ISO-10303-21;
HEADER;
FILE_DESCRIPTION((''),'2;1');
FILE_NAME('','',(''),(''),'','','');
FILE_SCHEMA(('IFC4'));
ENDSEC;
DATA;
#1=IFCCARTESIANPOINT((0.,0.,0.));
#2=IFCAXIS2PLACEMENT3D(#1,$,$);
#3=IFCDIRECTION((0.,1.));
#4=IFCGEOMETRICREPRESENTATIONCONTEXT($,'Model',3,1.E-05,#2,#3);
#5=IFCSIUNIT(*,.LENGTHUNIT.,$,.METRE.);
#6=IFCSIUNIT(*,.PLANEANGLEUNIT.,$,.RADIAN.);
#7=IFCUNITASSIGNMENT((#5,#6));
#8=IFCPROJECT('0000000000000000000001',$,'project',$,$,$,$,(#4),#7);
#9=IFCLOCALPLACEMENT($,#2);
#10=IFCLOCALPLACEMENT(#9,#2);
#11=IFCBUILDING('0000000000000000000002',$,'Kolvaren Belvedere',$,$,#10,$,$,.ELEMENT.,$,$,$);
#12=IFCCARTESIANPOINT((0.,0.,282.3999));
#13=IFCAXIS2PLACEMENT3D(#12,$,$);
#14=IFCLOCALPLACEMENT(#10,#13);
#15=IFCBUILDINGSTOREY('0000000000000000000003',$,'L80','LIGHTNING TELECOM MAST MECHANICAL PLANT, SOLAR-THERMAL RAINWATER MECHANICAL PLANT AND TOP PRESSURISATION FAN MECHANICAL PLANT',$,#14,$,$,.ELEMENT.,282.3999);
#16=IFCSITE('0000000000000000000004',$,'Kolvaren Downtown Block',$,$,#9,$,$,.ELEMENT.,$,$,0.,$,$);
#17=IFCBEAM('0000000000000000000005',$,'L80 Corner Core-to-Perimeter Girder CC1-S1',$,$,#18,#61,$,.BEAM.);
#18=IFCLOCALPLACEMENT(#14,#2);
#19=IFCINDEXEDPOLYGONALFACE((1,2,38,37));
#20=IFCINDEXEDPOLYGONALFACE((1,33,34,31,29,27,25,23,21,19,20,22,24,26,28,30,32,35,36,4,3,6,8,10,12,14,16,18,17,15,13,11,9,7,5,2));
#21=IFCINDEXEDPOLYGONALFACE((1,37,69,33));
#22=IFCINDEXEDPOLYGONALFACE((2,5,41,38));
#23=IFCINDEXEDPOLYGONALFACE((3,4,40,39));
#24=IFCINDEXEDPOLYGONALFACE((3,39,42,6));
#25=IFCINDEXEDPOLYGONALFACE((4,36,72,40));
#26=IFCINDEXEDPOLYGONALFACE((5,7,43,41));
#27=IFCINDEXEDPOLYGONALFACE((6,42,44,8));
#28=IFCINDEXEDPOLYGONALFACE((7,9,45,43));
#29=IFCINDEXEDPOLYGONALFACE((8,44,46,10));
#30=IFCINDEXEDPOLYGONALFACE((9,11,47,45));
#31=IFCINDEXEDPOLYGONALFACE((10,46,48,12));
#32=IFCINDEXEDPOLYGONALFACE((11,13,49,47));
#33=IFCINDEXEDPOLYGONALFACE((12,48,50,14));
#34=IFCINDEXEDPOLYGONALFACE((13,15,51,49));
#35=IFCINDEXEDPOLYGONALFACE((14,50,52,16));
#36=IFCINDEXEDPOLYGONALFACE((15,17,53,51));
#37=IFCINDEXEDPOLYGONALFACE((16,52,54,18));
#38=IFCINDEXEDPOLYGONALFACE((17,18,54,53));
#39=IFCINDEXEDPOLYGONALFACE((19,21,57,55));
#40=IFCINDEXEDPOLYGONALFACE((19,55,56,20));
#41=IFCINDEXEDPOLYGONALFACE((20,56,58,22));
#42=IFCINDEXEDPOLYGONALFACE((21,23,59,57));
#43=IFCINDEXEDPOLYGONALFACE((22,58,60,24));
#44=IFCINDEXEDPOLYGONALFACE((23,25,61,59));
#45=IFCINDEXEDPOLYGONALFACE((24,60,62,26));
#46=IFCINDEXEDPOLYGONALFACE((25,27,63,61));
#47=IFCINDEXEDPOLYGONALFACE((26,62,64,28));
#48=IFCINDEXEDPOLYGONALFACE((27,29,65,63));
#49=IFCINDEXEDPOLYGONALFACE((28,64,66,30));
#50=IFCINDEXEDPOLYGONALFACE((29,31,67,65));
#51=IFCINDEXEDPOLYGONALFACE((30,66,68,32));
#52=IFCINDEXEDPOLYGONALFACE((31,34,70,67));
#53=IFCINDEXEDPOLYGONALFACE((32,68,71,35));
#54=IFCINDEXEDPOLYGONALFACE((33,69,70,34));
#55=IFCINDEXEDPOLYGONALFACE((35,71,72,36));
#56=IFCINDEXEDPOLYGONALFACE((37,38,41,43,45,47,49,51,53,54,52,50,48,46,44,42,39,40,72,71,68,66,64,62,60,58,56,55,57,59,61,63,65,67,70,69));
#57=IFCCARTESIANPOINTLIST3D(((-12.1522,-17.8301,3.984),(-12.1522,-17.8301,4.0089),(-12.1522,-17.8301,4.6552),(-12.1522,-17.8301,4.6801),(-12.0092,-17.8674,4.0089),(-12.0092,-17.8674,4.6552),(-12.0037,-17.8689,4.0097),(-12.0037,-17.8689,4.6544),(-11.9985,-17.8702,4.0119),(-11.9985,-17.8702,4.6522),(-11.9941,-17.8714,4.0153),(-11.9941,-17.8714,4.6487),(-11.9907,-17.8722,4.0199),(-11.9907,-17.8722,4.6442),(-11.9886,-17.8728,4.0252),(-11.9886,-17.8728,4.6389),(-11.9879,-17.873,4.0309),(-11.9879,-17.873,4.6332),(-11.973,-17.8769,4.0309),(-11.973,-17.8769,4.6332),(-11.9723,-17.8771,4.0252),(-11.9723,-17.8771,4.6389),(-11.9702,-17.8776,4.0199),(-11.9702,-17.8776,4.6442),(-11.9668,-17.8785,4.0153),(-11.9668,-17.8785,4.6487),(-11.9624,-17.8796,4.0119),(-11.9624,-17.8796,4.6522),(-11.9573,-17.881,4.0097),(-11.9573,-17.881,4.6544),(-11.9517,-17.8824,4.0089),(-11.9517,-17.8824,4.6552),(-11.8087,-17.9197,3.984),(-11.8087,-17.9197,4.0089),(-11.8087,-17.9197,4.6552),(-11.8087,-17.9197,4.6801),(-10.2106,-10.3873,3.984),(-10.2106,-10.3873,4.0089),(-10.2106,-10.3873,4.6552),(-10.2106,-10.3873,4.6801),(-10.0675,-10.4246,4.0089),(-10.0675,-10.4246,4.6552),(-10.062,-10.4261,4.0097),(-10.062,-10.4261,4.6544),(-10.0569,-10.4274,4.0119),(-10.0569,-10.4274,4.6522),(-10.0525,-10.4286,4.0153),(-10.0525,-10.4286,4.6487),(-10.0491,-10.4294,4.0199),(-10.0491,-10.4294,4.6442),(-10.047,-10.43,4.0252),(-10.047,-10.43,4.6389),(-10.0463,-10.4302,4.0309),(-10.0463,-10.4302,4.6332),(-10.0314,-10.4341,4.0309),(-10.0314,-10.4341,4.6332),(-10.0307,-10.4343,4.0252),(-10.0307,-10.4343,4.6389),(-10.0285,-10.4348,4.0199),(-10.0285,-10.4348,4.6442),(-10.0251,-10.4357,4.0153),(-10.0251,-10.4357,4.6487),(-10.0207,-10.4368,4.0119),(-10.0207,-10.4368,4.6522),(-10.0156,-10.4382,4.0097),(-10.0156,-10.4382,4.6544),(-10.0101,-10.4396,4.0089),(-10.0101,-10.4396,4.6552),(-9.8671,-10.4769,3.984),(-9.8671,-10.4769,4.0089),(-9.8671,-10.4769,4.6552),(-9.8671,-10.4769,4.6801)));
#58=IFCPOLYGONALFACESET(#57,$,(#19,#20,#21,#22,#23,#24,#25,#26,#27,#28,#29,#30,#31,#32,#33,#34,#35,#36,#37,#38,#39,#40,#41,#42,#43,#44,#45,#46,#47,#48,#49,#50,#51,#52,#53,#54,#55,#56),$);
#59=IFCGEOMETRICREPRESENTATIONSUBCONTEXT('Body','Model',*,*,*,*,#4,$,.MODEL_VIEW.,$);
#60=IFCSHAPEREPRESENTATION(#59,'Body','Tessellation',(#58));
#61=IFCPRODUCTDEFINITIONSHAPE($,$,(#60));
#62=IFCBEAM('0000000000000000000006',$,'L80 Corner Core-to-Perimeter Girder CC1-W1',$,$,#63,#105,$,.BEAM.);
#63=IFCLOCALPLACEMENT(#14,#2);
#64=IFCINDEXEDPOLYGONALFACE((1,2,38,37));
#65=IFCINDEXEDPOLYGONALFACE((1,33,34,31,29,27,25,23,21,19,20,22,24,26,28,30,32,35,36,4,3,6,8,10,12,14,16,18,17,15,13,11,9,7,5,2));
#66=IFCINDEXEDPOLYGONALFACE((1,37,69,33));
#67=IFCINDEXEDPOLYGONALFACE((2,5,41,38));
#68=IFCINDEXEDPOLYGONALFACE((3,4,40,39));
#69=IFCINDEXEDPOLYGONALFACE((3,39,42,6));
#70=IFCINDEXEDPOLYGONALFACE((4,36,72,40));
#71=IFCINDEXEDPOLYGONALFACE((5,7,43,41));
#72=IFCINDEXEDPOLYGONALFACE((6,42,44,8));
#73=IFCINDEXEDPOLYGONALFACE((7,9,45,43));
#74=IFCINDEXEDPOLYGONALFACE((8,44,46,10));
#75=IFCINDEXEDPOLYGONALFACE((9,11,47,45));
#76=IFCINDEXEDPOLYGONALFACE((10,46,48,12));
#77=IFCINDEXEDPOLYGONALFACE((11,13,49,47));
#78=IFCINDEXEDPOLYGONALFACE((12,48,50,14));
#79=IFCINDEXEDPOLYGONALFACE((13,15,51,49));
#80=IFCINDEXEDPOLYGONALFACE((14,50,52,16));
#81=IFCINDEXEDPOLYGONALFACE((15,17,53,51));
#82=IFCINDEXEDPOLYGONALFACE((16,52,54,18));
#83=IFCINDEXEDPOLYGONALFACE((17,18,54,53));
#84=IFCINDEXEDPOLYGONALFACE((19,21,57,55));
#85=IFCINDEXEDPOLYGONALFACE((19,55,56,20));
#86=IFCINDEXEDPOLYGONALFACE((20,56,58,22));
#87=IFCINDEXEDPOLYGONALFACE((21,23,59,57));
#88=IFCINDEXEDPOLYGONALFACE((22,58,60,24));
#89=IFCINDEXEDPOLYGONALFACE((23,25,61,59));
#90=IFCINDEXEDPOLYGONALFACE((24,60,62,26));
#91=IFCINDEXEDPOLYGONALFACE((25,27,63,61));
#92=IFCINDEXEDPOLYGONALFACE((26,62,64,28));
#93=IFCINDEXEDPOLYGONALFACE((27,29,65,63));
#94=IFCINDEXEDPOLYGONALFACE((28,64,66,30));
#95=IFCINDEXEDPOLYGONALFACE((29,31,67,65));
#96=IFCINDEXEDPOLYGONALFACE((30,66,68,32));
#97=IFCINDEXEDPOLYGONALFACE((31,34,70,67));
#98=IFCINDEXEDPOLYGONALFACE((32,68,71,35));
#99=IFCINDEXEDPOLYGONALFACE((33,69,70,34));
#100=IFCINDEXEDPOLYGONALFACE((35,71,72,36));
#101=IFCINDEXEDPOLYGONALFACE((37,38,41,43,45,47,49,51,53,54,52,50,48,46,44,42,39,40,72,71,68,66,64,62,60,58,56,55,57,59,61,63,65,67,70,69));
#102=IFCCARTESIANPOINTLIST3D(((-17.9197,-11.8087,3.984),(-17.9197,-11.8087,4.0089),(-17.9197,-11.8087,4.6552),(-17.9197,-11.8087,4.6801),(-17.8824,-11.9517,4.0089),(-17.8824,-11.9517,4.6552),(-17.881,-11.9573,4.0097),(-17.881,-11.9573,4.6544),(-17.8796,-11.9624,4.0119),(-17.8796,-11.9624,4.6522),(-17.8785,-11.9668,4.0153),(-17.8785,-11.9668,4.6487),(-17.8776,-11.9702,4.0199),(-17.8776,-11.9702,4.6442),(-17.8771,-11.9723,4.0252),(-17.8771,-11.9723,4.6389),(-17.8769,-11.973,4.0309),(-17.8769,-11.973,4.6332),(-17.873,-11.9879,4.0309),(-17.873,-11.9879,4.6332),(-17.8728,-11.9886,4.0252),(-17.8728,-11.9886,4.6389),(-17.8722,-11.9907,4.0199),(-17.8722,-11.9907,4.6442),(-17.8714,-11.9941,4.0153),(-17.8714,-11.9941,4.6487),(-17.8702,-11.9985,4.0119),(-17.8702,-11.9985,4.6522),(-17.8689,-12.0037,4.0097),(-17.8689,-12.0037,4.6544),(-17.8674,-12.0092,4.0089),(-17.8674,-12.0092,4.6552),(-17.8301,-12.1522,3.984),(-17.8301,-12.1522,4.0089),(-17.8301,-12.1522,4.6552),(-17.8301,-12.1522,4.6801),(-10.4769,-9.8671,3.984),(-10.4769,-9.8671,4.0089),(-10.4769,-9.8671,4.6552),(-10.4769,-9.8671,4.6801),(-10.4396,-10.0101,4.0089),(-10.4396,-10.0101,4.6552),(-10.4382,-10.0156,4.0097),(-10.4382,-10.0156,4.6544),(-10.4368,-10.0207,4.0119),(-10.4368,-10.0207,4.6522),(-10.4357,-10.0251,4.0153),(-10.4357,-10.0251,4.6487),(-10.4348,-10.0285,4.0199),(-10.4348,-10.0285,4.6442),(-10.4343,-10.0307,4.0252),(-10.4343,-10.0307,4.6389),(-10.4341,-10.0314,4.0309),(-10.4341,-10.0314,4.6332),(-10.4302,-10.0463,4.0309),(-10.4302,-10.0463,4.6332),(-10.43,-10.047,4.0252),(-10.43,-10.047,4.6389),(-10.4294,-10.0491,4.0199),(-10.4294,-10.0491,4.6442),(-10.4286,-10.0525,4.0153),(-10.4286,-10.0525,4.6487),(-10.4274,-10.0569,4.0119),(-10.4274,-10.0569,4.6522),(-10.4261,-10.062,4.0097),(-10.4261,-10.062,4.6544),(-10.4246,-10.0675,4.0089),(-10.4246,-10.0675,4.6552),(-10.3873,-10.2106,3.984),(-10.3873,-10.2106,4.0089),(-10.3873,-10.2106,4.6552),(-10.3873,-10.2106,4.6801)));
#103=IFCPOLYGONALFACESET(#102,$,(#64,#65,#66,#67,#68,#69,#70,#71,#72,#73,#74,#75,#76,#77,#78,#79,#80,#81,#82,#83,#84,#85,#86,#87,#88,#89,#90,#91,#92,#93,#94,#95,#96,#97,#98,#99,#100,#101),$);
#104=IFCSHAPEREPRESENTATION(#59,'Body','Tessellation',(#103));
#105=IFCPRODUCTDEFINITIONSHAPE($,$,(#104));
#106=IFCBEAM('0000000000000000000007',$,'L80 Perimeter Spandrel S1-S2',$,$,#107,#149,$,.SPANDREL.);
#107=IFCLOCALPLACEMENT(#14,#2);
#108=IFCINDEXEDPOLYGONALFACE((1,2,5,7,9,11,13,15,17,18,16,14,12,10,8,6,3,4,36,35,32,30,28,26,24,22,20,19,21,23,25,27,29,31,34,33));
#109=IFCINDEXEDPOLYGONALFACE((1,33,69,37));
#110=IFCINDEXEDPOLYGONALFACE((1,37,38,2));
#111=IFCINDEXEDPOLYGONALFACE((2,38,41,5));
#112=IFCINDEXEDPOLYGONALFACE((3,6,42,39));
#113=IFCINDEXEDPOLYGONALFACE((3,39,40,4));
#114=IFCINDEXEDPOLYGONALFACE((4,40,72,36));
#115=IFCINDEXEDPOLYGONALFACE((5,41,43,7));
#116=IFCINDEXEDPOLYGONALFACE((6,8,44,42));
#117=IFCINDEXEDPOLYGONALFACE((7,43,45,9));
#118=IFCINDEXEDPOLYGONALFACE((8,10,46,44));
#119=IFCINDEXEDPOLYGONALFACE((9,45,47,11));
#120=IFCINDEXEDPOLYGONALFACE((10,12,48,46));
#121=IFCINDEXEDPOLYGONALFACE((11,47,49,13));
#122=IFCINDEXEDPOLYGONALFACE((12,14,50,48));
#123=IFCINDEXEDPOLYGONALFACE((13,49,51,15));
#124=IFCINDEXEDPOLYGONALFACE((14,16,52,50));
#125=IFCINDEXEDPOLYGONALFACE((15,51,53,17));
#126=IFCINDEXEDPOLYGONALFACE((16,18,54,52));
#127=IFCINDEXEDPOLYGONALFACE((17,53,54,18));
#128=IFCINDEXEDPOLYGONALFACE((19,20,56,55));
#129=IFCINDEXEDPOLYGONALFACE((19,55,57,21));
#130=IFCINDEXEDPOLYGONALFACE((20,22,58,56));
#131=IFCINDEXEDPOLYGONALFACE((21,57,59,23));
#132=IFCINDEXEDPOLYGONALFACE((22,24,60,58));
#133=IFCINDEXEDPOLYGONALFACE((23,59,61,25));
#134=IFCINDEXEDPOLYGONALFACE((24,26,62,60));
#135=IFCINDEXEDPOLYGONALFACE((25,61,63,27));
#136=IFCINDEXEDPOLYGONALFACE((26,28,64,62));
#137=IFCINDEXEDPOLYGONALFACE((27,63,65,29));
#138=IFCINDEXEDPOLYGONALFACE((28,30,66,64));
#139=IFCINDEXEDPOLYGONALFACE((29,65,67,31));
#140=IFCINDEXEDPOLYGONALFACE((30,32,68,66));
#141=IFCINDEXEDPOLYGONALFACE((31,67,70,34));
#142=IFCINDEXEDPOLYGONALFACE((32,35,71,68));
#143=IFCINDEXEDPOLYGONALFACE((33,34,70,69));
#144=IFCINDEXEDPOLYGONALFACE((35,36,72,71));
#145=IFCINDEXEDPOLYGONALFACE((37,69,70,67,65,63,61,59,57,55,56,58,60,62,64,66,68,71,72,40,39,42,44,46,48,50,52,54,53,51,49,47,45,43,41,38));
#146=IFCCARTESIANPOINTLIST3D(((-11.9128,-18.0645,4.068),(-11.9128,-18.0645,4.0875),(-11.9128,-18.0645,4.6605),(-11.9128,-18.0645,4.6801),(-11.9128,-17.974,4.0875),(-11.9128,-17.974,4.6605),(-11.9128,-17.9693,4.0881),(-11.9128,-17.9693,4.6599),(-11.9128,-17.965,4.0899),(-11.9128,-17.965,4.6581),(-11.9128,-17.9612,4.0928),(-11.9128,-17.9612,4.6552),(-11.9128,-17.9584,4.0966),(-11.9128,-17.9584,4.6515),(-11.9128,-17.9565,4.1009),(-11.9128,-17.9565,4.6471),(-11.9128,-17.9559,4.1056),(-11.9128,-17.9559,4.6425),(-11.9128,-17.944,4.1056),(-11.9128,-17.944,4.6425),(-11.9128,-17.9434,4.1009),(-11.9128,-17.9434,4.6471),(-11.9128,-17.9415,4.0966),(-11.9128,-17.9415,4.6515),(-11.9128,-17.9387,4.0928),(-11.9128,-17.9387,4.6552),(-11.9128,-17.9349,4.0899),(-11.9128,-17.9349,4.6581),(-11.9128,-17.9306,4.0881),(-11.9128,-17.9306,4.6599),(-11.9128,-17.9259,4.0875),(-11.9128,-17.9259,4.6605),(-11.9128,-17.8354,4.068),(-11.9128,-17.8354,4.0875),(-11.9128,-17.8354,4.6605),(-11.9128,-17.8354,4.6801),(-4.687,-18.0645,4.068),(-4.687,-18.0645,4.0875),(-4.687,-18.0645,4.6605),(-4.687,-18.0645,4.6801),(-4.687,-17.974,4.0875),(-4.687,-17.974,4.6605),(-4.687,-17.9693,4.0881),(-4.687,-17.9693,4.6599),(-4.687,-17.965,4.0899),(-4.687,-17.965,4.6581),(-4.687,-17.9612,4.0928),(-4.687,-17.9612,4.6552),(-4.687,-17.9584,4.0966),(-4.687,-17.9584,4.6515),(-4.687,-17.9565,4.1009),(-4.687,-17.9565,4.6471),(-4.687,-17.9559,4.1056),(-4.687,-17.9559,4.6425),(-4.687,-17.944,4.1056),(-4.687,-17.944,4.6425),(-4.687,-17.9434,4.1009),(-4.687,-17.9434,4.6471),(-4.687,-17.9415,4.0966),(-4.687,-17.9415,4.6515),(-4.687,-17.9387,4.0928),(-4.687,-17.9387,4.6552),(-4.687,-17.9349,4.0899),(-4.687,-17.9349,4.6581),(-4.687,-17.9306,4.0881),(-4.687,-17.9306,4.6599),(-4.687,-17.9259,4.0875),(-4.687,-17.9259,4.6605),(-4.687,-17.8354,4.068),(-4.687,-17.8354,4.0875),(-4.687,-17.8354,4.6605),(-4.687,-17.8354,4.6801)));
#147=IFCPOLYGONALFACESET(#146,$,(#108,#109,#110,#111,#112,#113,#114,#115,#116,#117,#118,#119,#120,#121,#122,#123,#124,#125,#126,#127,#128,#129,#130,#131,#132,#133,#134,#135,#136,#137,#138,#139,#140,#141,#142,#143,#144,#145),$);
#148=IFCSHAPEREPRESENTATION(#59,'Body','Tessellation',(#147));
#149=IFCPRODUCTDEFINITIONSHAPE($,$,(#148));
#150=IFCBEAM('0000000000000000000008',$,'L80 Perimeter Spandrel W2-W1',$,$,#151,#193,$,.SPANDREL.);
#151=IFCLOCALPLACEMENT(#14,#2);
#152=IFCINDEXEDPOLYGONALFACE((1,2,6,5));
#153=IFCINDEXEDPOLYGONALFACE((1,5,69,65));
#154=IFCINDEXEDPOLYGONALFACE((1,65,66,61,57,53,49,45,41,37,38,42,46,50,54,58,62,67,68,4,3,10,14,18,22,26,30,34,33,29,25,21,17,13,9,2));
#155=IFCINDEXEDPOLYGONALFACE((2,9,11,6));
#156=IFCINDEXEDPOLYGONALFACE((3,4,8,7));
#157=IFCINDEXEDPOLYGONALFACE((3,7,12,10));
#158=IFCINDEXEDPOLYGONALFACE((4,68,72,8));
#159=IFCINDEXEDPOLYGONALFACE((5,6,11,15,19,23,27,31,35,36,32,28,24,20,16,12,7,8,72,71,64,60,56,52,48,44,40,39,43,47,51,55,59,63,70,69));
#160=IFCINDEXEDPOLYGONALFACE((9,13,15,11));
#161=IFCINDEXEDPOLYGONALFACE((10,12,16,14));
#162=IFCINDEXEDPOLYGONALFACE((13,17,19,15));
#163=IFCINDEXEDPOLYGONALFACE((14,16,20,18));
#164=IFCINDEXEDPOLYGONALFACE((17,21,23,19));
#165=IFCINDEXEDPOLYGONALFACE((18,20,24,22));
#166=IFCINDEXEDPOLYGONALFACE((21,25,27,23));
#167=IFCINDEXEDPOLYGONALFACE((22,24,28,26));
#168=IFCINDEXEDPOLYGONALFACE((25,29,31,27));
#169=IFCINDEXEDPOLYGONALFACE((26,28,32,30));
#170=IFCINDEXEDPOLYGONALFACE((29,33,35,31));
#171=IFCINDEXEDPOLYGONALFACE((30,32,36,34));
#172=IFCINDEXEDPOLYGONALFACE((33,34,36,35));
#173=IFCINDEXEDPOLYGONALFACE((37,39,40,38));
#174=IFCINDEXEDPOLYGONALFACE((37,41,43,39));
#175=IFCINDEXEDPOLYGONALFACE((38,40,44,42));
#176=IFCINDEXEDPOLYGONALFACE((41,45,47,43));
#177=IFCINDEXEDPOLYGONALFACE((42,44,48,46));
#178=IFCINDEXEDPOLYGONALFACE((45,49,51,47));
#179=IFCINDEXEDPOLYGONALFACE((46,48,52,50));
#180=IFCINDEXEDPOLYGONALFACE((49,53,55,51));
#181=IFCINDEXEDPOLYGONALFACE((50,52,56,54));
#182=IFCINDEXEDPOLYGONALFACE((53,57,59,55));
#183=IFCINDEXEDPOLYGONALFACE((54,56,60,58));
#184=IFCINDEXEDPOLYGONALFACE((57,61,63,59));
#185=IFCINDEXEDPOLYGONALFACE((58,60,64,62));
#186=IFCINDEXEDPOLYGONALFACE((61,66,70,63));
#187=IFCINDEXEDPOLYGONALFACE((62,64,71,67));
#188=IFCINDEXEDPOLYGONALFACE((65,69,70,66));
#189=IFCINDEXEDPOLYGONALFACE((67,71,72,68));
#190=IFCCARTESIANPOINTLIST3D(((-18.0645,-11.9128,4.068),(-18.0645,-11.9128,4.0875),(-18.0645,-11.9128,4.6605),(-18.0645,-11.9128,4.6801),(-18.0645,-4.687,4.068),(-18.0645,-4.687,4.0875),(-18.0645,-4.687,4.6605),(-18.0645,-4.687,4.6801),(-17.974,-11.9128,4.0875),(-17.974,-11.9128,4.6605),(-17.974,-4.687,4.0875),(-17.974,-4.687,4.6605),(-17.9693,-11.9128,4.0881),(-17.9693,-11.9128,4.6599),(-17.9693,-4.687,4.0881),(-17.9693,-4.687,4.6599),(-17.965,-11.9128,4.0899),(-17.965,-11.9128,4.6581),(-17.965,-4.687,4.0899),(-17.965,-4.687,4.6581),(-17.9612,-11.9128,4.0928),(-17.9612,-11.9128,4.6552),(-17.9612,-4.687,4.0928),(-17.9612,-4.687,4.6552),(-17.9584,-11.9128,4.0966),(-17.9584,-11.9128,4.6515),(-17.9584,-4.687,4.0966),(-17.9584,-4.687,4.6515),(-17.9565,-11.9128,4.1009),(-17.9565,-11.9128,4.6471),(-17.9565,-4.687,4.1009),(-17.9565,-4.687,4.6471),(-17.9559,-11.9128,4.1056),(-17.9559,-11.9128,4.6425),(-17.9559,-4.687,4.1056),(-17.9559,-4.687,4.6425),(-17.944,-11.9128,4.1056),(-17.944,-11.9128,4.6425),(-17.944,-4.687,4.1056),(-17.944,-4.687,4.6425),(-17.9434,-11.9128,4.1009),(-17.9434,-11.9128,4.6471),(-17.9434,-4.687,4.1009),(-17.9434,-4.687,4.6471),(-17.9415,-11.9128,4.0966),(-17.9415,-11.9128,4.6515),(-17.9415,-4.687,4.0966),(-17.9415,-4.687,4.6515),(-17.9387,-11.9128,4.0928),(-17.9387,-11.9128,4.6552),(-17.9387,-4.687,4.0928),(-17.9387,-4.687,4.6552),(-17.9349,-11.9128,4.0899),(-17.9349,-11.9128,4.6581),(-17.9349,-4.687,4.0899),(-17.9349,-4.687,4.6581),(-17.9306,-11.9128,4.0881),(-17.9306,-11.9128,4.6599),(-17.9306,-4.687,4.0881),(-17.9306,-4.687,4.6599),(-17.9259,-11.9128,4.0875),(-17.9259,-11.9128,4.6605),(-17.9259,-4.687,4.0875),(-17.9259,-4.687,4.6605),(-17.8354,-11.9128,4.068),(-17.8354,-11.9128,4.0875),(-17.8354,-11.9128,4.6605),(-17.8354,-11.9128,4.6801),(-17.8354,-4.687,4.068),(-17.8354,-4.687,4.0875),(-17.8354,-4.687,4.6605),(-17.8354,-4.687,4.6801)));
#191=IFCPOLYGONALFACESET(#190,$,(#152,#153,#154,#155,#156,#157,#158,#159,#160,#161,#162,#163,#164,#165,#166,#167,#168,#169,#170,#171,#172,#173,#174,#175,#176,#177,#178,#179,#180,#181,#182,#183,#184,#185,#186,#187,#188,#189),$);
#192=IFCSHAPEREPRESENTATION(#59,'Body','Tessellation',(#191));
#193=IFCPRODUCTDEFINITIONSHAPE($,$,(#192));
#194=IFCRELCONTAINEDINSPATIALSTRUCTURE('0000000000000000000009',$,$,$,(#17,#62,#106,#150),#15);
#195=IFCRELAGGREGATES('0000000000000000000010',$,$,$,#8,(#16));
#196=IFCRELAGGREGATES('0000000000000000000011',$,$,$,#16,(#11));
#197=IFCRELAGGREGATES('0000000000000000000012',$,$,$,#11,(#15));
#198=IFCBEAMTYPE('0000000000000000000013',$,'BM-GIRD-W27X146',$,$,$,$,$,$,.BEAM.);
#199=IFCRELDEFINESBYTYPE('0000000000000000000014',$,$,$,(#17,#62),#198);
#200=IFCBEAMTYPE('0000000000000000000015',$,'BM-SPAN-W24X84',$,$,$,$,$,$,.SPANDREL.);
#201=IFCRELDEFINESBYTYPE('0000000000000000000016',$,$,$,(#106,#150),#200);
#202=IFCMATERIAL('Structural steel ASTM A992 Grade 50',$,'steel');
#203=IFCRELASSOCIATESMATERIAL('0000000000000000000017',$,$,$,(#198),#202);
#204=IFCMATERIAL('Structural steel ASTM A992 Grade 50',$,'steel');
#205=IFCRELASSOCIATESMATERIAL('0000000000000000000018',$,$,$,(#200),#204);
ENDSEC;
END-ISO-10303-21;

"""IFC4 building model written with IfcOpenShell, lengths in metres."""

from ifc_helpers import new_model, si_unit, direction, frame, origin, origin_2d, place, context, subcontext, project, spatial, i_section, extrude, material, material_profile, profile_set, type_object, element, save


model = new_model("IFC4")

# Units and contexts
model_context = context("Model", 3, precision=1e-05, world=origin(), true_north=direction((0.0, 1.0)))
body_context = subcontext(model_context, "Body", "Model", "MODEL_VIEW")
ifc_project = project(units=[si_unit("LENGTHUNIT", "METRE"), si_unit("PLANEANGLEUNIT", "RADIAN")], contexts=[model_context])

# Site, building, storey
site_placement = place(None, origin())
site = spatial("IfcSite", under=ifc_project, at=site_placement, Name="Kolvaren Downtown Block", CompositionType="ELEMENT", RefElevation=0.0)
building_placement = place(site_placement, origin())
building = spatial("IfcBuilding", under=site, at=building_placement, Name="Kolvaren Belvedere", CompositionType="ELEMENT")
storey_placement = place(building_placement, frame((0.0, 0.0, 282.3999)))
storey = spatial("IfcBuildingStorey", under=building, at=storey_placement, Name="L80", Description="LIGHTNING TELECOM MAST MECHANICAL PLANT, SOLAR-THERMAL RAINWATER MECHANICAL PLANT AND TOP PRESSURISATION FAN MECHANICAL PLANT", CompositionType="ELEMENT", Elevation=282.3999)

# Beams
ifc_material_1 = material(Name="Structural steel ASTM A992 Grade 50", Category="steel")
ifc_material_profile_1 = material_profile(ifc_material_1, i_section(OverallWidth=0.355, OverallDepth=0.696, WebThickness=0.0154, FlangeThickness=0.0249, FilletRadius=0.022, at=origin_2d()), Name="W27X146")
ifc_profile_set_1 = profile_set([ifc_material_profile_1], Name="Structural steel ASTM A992 Grade 50")
beam_type_1 = type_object("IfcBeamType", Name="BM-GIRD-W27X146", PredefinedType="BEAM", material=ifc_profile_set_1)
for number, where, z_axis, x_axis, name in (
    (1, (-10.0388, -10.4321, 4.332), (-0.252426, -0.967616, 0.0), (0.967616, -0.252426, 0.0), "L80 Corner Core-to-Perimeter Girder CC1-S1"),
    (2, (-10.4321, -10.0388, 4.332), (-0.967616, -0.252426, 0.0), (0.252426, -0.967616, 0.0), "L80 Corner Core-to-Perimeter Girder CC1-W1"),
):
    element("IfcBeam", number, at=place(storey_placement, frame(where, z_axis=z_axis, x_axis=x_axis)), inside=storey, type_object=beam_type_1, Name=name, PredefinedType="BEAM", context=body_context, shape_type="SweptSolid", body=[
        extrude(i_section(OverallWidth=0.355, OverallDepth=0.696, WebThickness=0.0154, FlangeThickness=0.0249, FilletRadius=0.022, at=origin_2d()), origin(), (0.0, 0.0, 1.0), 7.6919),
    ])
ifc_material_2 = material(Name="Structural steel ASTM A992 Grade 50", Category="steel")
ifc_material_profile_2 = material_profile(ifc_material_2, i_section(OverallWidth=0.229, OverallDepth=0.6121, WebThickness=0.012, FlangeThickness=0.0195, FilletRadius=0.0181, at=origin_2d()), Name="W24X84")
ifc_profile_set_2 = profile_set([ifc_material_profile_2], Name="Structural steel ASTM A992 Grade 50")
beam_type_2 = type_object("IfcBeamType", Name="BM-SPAN-W24X84", PredefinedType="SPANDREL", material=ifc_profile_set_2)
for number, where, z_axis, x_axis, name in (
    (3, (-11.9128, -17.95, 4.374), (1.0, 0.0, 0.0), (0.0, 1.0, 0.0), "L80 Perimeter Spandrel S1-S2"),
    (4, (-17.95, -4.687, 4.374), (0.0, -1.0, 0.0), (1.0, 0.0, 0.0), "L80 Perimeter Spandrel W2-W1"),
):
    element("IfcBeam", number, at=place(storey_placement, frame(where, z_axis=z_axis, x_axis=x_axis)), inside=storey, type_object=beam_type_2, Name=name, PredefinedType="SPANDREL", context=body_context, shape_type="SweptSolid", body=[
        extrude(i_section(OverallWidth=0.229, OverallDepth=0.6121, WebThickness=0.012, FlangeThickness=0.0195, FilletRadius=0.0181, at=origin_2d()), origin(), (0.0, 0.0, 1.0), 7.2258),
    ])

save(model, "model.ifc")
